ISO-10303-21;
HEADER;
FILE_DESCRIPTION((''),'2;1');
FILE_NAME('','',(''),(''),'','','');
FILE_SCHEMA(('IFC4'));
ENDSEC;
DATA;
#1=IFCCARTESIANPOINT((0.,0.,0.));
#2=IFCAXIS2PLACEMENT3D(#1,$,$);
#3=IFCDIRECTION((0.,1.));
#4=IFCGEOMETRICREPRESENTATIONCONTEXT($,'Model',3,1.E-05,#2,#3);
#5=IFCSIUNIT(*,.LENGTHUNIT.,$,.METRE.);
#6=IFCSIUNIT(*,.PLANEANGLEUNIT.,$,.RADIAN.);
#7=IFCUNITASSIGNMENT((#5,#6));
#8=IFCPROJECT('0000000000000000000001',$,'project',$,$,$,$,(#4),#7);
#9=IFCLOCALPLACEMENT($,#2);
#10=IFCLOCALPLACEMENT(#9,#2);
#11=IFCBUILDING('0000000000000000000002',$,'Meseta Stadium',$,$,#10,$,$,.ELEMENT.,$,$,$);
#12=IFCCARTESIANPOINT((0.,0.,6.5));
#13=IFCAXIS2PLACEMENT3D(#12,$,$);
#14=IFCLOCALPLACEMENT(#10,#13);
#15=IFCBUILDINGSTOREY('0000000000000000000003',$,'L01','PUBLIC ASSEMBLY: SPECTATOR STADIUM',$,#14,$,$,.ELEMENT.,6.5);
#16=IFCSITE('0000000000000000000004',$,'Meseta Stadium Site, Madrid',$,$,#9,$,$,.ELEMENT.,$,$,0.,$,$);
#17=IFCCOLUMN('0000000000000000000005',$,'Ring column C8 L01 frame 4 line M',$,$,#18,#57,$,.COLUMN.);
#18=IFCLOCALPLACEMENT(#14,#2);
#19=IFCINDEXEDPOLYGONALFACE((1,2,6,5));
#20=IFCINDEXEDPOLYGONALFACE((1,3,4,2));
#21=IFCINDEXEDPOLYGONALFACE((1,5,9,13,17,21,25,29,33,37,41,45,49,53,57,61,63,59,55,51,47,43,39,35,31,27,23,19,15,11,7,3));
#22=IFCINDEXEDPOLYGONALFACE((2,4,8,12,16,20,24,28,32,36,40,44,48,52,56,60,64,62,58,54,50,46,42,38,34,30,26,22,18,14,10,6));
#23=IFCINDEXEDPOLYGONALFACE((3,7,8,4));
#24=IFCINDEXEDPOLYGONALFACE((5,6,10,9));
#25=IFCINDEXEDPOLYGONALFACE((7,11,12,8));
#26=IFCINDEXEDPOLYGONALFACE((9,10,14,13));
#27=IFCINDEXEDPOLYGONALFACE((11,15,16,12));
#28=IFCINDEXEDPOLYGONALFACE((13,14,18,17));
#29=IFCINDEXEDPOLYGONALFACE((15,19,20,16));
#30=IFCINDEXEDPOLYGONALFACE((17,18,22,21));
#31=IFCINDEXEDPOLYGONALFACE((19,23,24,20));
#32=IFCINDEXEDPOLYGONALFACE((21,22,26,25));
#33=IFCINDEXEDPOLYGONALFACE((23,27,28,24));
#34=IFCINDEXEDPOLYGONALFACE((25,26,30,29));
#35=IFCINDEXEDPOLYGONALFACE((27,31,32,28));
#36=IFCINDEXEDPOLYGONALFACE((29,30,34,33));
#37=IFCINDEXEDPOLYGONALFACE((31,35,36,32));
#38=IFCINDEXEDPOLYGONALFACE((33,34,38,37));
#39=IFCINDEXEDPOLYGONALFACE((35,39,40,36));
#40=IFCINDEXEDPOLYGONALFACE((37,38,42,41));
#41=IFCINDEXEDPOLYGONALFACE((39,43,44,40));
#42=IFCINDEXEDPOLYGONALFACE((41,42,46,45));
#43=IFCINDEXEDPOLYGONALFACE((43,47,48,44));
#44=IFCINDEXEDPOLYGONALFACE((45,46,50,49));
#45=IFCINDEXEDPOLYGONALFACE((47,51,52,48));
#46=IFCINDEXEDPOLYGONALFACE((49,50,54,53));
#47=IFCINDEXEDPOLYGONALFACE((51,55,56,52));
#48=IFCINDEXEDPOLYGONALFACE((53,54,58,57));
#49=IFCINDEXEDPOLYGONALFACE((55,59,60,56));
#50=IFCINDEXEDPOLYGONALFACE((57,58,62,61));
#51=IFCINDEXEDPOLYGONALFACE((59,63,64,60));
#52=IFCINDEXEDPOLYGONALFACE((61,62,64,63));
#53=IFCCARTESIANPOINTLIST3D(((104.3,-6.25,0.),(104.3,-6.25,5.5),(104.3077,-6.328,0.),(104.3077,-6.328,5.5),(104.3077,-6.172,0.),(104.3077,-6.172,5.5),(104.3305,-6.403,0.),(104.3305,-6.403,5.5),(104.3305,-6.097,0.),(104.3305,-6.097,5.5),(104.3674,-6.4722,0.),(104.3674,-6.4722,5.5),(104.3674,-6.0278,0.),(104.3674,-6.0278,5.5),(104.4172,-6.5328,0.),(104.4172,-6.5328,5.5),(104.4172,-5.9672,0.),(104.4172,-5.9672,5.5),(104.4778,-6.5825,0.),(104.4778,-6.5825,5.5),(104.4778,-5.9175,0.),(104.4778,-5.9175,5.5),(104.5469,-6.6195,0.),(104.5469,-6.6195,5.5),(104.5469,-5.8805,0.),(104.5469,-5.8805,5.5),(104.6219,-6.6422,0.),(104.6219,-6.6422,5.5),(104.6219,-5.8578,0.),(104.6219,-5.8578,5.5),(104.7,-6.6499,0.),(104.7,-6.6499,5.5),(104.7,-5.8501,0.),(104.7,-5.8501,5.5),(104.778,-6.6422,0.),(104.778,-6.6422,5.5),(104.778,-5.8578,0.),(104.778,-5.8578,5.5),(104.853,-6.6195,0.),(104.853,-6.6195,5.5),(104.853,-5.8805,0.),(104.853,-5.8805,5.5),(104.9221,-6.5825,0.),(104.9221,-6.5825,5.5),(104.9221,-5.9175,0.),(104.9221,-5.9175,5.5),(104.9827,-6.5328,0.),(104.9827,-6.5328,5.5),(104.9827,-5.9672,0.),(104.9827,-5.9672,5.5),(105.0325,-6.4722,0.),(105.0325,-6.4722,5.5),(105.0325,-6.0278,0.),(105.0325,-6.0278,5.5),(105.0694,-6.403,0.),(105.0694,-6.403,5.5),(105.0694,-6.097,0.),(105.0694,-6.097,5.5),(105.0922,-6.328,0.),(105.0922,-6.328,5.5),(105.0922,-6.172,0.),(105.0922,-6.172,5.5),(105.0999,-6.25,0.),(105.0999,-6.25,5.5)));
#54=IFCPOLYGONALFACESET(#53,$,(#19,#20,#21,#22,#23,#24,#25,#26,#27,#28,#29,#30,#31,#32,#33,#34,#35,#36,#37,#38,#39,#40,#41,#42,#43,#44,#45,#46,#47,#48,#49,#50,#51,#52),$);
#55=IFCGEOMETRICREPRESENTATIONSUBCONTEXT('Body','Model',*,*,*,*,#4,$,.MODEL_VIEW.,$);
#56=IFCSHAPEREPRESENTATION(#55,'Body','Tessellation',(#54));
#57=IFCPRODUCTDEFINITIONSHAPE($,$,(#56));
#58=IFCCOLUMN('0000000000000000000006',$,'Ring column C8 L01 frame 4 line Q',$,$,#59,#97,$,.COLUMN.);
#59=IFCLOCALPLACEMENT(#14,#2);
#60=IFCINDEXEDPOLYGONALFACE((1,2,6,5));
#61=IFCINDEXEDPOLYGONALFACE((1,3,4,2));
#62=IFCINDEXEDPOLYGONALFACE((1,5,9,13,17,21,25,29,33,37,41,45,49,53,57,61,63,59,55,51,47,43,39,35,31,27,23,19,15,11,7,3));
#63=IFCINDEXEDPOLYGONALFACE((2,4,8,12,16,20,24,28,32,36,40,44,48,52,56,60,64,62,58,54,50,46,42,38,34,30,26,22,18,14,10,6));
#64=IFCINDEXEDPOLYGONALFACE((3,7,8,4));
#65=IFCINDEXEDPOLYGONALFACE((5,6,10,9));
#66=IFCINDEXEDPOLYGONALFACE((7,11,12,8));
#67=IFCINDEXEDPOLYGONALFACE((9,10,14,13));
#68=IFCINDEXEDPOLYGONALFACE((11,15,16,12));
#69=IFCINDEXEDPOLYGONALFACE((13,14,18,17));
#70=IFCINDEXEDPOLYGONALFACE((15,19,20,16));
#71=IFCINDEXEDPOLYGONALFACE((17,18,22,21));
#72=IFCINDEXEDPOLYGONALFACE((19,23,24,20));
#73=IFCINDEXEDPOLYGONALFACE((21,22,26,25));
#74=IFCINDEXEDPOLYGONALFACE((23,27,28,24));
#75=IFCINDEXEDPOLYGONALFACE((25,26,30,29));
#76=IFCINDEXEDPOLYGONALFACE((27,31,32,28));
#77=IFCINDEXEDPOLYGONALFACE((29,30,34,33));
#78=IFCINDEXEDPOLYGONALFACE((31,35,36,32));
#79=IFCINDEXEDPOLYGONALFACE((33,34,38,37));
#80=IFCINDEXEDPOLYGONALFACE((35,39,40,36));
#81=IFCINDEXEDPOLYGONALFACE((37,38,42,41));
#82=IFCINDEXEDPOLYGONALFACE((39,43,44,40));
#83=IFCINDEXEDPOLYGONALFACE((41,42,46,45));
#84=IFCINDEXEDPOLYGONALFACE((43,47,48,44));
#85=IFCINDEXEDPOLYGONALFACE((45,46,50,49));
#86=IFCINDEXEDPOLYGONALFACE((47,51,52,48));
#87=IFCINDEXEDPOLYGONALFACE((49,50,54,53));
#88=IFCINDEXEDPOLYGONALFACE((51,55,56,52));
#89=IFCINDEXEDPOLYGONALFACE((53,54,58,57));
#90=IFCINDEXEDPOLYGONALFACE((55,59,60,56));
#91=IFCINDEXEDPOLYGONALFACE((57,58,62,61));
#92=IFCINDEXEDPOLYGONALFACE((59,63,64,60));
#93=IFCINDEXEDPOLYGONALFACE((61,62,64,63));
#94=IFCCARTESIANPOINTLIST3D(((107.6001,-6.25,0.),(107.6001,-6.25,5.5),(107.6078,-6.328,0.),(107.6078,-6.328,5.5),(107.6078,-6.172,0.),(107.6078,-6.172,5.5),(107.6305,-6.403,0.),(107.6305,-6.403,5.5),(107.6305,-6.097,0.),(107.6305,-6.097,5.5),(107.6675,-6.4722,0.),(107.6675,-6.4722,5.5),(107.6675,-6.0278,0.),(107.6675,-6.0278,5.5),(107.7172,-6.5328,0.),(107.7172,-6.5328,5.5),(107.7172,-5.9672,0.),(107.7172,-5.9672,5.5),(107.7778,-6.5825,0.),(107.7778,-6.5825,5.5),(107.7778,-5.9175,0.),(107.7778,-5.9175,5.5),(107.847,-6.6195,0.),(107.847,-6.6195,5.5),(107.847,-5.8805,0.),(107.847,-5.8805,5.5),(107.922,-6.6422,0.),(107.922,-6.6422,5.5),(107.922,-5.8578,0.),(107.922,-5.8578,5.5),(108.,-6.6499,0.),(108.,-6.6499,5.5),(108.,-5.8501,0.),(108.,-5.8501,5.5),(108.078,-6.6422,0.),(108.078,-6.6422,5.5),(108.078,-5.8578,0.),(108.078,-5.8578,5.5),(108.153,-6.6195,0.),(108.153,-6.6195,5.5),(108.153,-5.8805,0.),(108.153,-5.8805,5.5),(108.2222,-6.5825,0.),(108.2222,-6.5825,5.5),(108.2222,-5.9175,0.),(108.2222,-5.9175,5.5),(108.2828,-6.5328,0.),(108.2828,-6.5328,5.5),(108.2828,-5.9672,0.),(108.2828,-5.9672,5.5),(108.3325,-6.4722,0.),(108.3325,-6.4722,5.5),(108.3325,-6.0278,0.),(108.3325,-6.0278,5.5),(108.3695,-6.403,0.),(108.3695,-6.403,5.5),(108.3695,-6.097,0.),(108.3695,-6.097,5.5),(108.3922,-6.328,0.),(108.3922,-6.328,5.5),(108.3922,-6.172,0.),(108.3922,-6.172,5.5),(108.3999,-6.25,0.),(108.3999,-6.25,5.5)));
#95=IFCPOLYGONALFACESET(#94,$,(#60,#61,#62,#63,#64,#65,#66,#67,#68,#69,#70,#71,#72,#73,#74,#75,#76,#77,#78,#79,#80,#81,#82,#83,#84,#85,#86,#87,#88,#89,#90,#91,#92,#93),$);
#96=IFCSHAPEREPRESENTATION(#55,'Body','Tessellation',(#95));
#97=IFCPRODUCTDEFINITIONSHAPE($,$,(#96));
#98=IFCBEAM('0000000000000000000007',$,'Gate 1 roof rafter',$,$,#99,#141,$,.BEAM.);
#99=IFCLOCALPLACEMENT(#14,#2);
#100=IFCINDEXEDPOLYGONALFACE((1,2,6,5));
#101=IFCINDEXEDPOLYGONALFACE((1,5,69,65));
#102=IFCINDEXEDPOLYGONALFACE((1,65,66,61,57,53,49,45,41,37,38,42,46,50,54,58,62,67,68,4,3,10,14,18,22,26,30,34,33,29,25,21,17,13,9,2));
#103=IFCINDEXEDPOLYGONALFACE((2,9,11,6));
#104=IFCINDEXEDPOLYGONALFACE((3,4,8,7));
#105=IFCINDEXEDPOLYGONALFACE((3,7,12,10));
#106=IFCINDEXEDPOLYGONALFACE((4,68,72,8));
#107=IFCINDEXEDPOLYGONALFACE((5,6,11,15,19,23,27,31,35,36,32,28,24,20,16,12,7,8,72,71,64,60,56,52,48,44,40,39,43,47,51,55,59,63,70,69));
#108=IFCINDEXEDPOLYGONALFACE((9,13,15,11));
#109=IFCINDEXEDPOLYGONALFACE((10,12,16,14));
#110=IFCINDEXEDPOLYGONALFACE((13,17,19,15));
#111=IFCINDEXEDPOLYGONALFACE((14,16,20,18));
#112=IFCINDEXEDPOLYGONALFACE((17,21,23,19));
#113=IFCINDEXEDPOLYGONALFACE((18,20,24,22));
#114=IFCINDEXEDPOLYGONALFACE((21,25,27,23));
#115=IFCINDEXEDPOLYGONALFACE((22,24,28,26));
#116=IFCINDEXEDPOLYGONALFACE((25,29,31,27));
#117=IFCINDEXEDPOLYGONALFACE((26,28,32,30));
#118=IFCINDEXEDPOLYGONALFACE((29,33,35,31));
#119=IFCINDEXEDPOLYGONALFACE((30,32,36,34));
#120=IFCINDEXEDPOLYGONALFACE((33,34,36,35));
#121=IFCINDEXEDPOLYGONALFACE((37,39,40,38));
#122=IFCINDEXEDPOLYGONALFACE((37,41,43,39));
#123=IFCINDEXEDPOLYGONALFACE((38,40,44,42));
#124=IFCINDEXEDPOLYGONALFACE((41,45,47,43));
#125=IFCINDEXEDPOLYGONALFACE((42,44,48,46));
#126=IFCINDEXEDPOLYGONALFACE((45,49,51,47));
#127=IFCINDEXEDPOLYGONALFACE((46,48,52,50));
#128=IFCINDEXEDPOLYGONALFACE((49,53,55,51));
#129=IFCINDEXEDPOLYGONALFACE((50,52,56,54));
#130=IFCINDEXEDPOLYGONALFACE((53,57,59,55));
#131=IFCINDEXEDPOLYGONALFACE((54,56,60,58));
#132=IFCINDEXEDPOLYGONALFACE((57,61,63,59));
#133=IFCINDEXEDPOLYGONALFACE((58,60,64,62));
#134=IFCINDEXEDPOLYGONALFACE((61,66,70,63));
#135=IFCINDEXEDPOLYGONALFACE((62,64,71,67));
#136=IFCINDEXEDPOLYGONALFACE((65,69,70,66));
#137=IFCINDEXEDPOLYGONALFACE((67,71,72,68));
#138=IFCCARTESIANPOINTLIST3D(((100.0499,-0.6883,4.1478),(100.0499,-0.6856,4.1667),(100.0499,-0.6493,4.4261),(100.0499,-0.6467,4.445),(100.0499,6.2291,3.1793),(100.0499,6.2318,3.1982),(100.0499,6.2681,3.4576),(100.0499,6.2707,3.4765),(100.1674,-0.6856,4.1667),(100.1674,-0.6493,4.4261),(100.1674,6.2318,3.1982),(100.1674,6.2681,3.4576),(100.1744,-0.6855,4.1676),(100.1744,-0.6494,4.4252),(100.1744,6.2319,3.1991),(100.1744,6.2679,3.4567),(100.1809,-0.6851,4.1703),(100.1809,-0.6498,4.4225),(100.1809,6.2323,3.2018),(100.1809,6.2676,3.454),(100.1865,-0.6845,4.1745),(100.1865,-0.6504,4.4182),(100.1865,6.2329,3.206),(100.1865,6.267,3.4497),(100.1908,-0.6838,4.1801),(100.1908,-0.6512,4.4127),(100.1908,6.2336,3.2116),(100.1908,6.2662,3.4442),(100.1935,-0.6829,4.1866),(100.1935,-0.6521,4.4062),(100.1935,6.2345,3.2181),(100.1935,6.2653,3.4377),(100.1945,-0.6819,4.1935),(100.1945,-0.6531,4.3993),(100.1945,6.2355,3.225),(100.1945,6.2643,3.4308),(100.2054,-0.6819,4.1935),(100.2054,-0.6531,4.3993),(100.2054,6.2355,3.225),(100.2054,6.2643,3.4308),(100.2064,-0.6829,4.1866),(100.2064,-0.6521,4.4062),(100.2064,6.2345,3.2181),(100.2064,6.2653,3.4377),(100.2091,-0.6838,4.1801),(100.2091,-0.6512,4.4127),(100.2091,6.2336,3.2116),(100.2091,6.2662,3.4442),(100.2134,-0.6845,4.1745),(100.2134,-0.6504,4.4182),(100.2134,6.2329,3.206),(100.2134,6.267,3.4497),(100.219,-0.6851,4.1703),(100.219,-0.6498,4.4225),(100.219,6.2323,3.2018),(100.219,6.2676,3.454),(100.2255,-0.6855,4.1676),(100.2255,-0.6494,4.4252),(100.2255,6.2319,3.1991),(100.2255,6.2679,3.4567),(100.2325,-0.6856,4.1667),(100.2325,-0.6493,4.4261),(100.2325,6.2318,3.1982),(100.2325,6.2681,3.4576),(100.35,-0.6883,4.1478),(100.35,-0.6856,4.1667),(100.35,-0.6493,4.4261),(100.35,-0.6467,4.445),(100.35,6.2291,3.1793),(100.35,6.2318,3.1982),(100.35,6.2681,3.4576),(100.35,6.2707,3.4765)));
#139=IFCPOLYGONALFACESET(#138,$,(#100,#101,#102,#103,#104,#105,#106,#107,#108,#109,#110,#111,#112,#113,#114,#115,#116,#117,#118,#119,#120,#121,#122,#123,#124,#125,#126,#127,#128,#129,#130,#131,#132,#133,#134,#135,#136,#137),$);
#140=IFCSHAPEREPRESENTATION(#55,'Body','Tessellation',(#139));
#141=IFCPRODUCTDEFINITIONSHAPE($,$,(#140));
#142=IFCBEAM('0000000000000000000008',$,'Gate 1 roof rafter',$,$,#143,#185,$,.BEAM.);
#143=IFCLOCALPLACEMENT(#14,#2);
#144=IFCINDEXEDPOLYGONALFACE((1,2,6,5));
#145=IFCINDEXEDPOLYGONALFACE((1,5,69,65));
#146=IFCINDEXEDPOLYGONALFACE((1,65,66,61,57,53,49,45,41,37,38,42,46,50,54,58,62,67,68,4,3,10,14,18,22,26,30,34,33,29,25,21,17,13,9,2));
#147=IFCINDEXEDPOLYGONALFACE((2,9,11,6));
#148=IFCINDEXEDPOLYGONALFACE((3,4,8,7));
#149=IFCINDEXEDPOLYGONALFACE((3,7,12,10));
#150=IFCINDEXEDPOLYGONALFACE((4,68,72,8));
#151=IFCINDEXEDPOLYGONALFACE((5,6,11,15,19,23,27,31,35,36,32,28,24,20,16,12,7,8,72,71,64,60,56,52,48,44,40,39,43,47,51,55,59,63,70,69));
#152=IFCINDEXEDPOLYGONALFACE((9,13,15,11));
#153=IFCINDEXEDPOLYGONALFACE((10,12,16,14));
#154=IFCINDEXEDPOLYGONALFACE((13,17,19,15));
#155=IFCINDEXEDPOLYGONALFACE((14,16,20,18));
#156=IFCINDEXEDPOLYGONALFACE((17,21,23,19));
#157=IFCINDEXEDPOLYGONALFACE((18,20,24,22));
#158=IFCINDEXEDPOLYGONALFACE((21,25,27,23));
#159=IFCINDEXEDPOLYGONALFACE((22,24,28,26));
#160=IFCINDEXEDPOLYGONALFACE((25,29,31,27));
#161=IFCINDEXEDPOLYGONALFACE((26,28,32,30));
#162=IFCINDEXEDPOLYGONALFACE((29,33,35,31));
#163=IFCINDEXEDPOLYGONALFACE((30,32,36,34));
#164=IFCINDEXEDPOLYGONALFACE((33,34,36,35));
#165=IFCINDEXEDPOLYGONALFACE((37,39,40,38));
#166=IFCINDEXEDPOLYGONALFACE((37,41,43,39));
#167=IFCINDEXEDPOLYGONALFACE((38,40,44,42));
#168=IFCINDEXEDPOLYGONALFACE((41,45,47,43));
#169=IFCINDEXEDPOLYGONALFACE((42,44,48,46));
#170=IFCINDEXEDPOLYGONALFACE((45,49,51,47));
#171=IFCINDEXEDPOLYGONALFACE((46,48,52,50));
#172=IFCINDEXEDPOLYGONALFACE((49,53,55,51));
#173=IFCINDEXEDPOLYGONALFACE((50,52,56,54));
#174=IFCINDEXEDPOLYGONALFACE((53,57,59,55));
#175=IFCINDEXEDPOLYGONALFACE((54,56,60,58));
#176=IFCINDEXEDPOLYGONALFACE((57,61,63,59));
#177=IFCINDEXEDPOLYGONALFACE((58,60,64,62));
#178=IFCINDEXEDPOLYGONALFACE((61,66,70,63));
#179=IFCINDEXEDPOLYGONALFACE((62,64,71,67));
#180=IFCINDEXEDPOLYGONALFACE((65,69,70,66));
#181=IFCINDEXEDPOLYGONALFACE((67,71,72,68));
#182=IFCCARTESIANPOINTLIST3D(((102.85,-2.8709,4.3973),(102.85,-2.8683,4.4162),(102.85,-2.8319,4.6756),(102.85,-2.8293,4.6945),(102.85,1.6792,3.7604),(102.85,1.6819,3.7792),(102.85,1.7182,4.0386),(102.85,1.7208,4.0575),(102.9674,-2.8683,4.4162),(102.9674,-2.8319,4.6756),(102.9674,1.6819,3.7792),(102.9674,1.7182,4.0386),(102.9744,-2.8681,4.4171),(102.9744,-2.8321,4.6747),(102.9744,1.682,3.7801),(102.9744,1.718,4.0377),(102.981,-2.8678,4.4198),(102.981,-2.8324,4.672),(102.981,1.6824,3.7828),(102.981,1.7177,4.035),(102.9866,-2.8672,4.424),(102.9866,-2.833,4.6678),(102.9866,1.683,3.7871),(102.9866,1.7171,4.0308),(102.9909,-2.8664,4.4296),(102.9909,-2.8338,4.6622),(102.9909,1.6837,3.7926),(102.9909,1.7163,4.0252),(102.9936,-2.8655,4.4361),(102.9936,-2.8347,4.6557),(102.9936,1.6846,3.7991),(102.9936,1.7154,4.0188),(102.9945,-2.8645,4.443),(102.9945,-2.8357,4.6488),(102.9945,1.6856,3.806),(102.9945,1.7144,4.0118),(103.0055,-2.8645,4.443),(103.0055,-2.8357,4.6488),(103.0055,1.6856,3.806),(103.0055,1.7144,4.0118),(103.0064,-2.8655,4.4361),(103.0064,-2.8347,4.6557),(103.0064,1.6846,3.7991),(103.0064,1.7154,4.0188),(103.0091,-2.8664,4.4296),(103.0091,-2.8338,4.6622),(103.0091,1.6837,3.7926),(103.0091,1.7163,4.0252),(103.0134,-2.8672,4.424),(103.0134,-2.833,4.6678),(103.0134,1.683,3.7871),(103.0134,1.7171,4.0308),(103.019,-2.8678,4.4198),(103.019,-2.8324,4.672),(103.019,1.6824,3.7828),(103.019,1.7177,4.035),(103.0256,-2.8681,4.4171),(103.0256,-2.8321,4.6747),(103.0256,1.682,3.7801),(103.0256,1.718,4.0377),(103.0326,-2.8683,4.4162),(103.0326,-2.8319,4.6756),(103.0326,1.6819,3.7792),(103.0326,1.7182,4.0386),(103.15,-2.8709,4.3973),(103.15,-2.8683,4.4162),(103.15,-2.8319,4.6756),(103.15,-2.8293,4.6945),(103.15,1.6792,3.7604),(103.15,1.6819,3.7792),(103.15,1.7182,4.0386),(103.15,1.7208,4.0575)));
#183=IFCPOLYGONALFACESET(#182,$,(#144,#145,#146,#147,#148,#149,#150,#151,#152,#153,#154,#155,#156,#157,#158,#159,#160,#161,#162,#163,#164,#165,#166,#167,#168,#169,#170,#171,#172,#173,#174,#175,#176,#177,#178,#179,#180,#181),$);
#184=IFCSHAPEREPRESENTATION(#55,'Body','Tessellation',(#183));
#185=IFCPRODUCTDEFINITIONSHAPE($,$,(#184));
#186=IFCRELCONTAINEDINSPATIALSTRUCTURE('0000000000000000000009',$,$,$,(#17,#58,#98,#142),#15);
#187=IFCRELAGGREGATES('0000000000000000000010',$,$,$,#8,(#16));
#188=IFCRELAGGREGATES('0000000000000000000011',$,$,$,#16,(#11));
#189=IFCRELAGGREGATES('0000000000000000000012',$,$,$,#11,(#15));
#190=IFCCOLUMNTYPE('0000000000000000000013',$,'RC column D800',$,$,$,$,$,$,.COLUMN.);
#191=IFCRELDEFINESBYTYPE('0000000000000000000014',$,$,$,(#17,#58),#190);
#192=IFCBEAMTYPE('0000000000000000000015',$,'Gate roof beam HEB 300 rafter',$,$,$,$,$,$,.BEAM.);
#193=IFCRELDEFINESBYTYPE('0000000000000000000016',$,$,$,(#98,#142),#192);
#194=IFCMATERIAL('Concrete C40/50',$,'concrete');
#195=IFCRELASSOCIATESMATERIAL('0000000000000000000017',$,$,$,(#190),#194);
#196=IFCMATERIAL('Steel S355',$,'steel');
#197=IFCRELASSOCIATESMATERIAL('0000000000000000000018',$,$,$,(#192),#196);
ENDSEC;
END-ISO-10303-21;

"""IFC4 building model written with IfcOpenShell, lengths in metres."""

from ifc_helpers import new_model, si_unit, direction, frame, origin, origin_2d, place, context, subcontext, project, spatial, circle, i_section, extrude, material, material_profile, profile_set, type_object, element, save


model = new_model("IFC4")

# Units and contexts
model_context = context("Model", 3, precision=1e-05, world=origin(), true_north=direction((0.0, 1.0)))
body_context = subcontext(model_context, "Body", "Model", "MODEL_VIEW")
ifc_project = project(units=[si_unit("LENGTHUNIT", "METRE"), si_unit("PLANEANGLEUNIT", "RADIAN")], contexts=[model_context])

# Site, building, storey
site_placement = place(None, origin())
site = spatial("IfcSite", under=ifc_project, at=site_placement, Name="Meseta Stadium Site, Madrid", CompositionType="ELEMENT", RefElevation=0.0)
building_placement = place(site_placement, origin())
building = spatial("IfcBuilding", under=site, at=building_placement, Name="Meseta Stadium", CompositionType="ELEMENT")
storey_placement = place(building_placement, frame((0.0, 0.0, 6.5)))
storey = spatial("IfcBuildingStorey", under=building, at=storey_placement, Name="L01", Description="PUBLIC ASSEMBLY: SPECTATOR STADIUM", CompositionType="ELEMENT", Elevation=6.5)

# Columns
ifc_material_1 = material(Name="Concrete C40/50", Category="concrete")
ifc_material_profile_1 = material_profile(ifc_material_1, circle(Radius=0.3999, at=origin_2d()), Name="RC D800")
ifc_profile_set_1 = profile_set([ifc_material_profile_1], Name="Concrete C40/50")
column_type_1 = type_object("IfcColumnType", Name="RC column D800", PredefinedType="COLUMN", material=ifc_profile_set_1)
for number, where, z_axis, x_axis, name in (
    (1, (104.7, -6.25, 0.0), (0.0, 0.0, 1.0), (1.0, 0.0, 0.0), "Ring column C8 L01 frame 4 line M"),
    (2, (108.0, -6.25, 0.0), (0.0, 0.0, 1.0), (1.0, 0.0, 0.0), "Ring column C8 L01 frame 4 line Q"),
):
    element("IfcColumn", number, at=place(storey_placement, frame(where, z_axis=z_axis, x_axis=x_axis)), inside=storey, type_object=column_type_1, Name=name, PredefinedType="COLUMN", context=body_context, shape_type="SweptSolid", body=[
        extrude(circle(Radius=0.3999, at=origin_2d()), origin(), (0.0, 0.0, 1.0), 5.5),
    ])

# Beams
ifc_material_2 = material(Name="Steel S355", Category="steel")
ifc_material_profile_2 = material_profile(ifc_material_2, i_section(OverallWidth=0.3, OverallDepth=0.3, WebThickness=0.011, FlangeThickness=0.019, FilletRadius=0.0271, at=origin_2d()), Name="HEB 300")
ifc_profile_set_2 = profile_set([ifc_material_profile_2], Name="Steel S355")
beam_type_1 = type_object("IfcBeamType", Name="Gate roof beam HEB 300 rafter", PredefinedType="BEAM", material=ifc_profile_set_2)
beam_1_placement = place(storey_placement, frame((100.2, -0.6675, 4.2964), z_axis=(0.0, 0.990341, -0.138656), x_axis=(-1.0, 0.0, 0.0)))
element("IfcBeam", 3, at=beam_1_placement, inside=storey, type_object=beam_type_1, Name="Gate 1 roof rafter", PredefinedType="BEAM", context=body_context, shape_type="SweptSolid", body=[
    extrude(i_section(OverallWidth=0.3, OverallDepth=0.3, WebThickness=0.011, FlangeThickness=0.019, FilletRadius=0.0271, at=origin_2d()), origin(), (0.0, 0.0, 1.0), 6.9849),
])
for number, where, z_axis, x_axis, name in (
    (4, (103.0, -2.8501, 4.5459), (0.0, 0.990343, -0.138638), (-1.0, 0.0, 0.0), "Gate 1 roof rafter"),
):
    element("IfcBeam", number, at=place(storey_placement, frame(where, z_axis=z_axis, x_axis=x_axis)), inside=storey, type_object=beam_type_1, Name=name, PredefinedType="BEAM", context=body_context, shape_type="SweptSolid", body=[
        extrude(i_section(OverallWidth=0.3, OverallDepth=0.3, WebThickness=0.011, FlangeThickness=0.019, FilletRadius=0.0271, at=origin_2d()), origin(), (0.0, 0.0, 1.0), 4.5945),
    ])

save(model, "model.ifc")
